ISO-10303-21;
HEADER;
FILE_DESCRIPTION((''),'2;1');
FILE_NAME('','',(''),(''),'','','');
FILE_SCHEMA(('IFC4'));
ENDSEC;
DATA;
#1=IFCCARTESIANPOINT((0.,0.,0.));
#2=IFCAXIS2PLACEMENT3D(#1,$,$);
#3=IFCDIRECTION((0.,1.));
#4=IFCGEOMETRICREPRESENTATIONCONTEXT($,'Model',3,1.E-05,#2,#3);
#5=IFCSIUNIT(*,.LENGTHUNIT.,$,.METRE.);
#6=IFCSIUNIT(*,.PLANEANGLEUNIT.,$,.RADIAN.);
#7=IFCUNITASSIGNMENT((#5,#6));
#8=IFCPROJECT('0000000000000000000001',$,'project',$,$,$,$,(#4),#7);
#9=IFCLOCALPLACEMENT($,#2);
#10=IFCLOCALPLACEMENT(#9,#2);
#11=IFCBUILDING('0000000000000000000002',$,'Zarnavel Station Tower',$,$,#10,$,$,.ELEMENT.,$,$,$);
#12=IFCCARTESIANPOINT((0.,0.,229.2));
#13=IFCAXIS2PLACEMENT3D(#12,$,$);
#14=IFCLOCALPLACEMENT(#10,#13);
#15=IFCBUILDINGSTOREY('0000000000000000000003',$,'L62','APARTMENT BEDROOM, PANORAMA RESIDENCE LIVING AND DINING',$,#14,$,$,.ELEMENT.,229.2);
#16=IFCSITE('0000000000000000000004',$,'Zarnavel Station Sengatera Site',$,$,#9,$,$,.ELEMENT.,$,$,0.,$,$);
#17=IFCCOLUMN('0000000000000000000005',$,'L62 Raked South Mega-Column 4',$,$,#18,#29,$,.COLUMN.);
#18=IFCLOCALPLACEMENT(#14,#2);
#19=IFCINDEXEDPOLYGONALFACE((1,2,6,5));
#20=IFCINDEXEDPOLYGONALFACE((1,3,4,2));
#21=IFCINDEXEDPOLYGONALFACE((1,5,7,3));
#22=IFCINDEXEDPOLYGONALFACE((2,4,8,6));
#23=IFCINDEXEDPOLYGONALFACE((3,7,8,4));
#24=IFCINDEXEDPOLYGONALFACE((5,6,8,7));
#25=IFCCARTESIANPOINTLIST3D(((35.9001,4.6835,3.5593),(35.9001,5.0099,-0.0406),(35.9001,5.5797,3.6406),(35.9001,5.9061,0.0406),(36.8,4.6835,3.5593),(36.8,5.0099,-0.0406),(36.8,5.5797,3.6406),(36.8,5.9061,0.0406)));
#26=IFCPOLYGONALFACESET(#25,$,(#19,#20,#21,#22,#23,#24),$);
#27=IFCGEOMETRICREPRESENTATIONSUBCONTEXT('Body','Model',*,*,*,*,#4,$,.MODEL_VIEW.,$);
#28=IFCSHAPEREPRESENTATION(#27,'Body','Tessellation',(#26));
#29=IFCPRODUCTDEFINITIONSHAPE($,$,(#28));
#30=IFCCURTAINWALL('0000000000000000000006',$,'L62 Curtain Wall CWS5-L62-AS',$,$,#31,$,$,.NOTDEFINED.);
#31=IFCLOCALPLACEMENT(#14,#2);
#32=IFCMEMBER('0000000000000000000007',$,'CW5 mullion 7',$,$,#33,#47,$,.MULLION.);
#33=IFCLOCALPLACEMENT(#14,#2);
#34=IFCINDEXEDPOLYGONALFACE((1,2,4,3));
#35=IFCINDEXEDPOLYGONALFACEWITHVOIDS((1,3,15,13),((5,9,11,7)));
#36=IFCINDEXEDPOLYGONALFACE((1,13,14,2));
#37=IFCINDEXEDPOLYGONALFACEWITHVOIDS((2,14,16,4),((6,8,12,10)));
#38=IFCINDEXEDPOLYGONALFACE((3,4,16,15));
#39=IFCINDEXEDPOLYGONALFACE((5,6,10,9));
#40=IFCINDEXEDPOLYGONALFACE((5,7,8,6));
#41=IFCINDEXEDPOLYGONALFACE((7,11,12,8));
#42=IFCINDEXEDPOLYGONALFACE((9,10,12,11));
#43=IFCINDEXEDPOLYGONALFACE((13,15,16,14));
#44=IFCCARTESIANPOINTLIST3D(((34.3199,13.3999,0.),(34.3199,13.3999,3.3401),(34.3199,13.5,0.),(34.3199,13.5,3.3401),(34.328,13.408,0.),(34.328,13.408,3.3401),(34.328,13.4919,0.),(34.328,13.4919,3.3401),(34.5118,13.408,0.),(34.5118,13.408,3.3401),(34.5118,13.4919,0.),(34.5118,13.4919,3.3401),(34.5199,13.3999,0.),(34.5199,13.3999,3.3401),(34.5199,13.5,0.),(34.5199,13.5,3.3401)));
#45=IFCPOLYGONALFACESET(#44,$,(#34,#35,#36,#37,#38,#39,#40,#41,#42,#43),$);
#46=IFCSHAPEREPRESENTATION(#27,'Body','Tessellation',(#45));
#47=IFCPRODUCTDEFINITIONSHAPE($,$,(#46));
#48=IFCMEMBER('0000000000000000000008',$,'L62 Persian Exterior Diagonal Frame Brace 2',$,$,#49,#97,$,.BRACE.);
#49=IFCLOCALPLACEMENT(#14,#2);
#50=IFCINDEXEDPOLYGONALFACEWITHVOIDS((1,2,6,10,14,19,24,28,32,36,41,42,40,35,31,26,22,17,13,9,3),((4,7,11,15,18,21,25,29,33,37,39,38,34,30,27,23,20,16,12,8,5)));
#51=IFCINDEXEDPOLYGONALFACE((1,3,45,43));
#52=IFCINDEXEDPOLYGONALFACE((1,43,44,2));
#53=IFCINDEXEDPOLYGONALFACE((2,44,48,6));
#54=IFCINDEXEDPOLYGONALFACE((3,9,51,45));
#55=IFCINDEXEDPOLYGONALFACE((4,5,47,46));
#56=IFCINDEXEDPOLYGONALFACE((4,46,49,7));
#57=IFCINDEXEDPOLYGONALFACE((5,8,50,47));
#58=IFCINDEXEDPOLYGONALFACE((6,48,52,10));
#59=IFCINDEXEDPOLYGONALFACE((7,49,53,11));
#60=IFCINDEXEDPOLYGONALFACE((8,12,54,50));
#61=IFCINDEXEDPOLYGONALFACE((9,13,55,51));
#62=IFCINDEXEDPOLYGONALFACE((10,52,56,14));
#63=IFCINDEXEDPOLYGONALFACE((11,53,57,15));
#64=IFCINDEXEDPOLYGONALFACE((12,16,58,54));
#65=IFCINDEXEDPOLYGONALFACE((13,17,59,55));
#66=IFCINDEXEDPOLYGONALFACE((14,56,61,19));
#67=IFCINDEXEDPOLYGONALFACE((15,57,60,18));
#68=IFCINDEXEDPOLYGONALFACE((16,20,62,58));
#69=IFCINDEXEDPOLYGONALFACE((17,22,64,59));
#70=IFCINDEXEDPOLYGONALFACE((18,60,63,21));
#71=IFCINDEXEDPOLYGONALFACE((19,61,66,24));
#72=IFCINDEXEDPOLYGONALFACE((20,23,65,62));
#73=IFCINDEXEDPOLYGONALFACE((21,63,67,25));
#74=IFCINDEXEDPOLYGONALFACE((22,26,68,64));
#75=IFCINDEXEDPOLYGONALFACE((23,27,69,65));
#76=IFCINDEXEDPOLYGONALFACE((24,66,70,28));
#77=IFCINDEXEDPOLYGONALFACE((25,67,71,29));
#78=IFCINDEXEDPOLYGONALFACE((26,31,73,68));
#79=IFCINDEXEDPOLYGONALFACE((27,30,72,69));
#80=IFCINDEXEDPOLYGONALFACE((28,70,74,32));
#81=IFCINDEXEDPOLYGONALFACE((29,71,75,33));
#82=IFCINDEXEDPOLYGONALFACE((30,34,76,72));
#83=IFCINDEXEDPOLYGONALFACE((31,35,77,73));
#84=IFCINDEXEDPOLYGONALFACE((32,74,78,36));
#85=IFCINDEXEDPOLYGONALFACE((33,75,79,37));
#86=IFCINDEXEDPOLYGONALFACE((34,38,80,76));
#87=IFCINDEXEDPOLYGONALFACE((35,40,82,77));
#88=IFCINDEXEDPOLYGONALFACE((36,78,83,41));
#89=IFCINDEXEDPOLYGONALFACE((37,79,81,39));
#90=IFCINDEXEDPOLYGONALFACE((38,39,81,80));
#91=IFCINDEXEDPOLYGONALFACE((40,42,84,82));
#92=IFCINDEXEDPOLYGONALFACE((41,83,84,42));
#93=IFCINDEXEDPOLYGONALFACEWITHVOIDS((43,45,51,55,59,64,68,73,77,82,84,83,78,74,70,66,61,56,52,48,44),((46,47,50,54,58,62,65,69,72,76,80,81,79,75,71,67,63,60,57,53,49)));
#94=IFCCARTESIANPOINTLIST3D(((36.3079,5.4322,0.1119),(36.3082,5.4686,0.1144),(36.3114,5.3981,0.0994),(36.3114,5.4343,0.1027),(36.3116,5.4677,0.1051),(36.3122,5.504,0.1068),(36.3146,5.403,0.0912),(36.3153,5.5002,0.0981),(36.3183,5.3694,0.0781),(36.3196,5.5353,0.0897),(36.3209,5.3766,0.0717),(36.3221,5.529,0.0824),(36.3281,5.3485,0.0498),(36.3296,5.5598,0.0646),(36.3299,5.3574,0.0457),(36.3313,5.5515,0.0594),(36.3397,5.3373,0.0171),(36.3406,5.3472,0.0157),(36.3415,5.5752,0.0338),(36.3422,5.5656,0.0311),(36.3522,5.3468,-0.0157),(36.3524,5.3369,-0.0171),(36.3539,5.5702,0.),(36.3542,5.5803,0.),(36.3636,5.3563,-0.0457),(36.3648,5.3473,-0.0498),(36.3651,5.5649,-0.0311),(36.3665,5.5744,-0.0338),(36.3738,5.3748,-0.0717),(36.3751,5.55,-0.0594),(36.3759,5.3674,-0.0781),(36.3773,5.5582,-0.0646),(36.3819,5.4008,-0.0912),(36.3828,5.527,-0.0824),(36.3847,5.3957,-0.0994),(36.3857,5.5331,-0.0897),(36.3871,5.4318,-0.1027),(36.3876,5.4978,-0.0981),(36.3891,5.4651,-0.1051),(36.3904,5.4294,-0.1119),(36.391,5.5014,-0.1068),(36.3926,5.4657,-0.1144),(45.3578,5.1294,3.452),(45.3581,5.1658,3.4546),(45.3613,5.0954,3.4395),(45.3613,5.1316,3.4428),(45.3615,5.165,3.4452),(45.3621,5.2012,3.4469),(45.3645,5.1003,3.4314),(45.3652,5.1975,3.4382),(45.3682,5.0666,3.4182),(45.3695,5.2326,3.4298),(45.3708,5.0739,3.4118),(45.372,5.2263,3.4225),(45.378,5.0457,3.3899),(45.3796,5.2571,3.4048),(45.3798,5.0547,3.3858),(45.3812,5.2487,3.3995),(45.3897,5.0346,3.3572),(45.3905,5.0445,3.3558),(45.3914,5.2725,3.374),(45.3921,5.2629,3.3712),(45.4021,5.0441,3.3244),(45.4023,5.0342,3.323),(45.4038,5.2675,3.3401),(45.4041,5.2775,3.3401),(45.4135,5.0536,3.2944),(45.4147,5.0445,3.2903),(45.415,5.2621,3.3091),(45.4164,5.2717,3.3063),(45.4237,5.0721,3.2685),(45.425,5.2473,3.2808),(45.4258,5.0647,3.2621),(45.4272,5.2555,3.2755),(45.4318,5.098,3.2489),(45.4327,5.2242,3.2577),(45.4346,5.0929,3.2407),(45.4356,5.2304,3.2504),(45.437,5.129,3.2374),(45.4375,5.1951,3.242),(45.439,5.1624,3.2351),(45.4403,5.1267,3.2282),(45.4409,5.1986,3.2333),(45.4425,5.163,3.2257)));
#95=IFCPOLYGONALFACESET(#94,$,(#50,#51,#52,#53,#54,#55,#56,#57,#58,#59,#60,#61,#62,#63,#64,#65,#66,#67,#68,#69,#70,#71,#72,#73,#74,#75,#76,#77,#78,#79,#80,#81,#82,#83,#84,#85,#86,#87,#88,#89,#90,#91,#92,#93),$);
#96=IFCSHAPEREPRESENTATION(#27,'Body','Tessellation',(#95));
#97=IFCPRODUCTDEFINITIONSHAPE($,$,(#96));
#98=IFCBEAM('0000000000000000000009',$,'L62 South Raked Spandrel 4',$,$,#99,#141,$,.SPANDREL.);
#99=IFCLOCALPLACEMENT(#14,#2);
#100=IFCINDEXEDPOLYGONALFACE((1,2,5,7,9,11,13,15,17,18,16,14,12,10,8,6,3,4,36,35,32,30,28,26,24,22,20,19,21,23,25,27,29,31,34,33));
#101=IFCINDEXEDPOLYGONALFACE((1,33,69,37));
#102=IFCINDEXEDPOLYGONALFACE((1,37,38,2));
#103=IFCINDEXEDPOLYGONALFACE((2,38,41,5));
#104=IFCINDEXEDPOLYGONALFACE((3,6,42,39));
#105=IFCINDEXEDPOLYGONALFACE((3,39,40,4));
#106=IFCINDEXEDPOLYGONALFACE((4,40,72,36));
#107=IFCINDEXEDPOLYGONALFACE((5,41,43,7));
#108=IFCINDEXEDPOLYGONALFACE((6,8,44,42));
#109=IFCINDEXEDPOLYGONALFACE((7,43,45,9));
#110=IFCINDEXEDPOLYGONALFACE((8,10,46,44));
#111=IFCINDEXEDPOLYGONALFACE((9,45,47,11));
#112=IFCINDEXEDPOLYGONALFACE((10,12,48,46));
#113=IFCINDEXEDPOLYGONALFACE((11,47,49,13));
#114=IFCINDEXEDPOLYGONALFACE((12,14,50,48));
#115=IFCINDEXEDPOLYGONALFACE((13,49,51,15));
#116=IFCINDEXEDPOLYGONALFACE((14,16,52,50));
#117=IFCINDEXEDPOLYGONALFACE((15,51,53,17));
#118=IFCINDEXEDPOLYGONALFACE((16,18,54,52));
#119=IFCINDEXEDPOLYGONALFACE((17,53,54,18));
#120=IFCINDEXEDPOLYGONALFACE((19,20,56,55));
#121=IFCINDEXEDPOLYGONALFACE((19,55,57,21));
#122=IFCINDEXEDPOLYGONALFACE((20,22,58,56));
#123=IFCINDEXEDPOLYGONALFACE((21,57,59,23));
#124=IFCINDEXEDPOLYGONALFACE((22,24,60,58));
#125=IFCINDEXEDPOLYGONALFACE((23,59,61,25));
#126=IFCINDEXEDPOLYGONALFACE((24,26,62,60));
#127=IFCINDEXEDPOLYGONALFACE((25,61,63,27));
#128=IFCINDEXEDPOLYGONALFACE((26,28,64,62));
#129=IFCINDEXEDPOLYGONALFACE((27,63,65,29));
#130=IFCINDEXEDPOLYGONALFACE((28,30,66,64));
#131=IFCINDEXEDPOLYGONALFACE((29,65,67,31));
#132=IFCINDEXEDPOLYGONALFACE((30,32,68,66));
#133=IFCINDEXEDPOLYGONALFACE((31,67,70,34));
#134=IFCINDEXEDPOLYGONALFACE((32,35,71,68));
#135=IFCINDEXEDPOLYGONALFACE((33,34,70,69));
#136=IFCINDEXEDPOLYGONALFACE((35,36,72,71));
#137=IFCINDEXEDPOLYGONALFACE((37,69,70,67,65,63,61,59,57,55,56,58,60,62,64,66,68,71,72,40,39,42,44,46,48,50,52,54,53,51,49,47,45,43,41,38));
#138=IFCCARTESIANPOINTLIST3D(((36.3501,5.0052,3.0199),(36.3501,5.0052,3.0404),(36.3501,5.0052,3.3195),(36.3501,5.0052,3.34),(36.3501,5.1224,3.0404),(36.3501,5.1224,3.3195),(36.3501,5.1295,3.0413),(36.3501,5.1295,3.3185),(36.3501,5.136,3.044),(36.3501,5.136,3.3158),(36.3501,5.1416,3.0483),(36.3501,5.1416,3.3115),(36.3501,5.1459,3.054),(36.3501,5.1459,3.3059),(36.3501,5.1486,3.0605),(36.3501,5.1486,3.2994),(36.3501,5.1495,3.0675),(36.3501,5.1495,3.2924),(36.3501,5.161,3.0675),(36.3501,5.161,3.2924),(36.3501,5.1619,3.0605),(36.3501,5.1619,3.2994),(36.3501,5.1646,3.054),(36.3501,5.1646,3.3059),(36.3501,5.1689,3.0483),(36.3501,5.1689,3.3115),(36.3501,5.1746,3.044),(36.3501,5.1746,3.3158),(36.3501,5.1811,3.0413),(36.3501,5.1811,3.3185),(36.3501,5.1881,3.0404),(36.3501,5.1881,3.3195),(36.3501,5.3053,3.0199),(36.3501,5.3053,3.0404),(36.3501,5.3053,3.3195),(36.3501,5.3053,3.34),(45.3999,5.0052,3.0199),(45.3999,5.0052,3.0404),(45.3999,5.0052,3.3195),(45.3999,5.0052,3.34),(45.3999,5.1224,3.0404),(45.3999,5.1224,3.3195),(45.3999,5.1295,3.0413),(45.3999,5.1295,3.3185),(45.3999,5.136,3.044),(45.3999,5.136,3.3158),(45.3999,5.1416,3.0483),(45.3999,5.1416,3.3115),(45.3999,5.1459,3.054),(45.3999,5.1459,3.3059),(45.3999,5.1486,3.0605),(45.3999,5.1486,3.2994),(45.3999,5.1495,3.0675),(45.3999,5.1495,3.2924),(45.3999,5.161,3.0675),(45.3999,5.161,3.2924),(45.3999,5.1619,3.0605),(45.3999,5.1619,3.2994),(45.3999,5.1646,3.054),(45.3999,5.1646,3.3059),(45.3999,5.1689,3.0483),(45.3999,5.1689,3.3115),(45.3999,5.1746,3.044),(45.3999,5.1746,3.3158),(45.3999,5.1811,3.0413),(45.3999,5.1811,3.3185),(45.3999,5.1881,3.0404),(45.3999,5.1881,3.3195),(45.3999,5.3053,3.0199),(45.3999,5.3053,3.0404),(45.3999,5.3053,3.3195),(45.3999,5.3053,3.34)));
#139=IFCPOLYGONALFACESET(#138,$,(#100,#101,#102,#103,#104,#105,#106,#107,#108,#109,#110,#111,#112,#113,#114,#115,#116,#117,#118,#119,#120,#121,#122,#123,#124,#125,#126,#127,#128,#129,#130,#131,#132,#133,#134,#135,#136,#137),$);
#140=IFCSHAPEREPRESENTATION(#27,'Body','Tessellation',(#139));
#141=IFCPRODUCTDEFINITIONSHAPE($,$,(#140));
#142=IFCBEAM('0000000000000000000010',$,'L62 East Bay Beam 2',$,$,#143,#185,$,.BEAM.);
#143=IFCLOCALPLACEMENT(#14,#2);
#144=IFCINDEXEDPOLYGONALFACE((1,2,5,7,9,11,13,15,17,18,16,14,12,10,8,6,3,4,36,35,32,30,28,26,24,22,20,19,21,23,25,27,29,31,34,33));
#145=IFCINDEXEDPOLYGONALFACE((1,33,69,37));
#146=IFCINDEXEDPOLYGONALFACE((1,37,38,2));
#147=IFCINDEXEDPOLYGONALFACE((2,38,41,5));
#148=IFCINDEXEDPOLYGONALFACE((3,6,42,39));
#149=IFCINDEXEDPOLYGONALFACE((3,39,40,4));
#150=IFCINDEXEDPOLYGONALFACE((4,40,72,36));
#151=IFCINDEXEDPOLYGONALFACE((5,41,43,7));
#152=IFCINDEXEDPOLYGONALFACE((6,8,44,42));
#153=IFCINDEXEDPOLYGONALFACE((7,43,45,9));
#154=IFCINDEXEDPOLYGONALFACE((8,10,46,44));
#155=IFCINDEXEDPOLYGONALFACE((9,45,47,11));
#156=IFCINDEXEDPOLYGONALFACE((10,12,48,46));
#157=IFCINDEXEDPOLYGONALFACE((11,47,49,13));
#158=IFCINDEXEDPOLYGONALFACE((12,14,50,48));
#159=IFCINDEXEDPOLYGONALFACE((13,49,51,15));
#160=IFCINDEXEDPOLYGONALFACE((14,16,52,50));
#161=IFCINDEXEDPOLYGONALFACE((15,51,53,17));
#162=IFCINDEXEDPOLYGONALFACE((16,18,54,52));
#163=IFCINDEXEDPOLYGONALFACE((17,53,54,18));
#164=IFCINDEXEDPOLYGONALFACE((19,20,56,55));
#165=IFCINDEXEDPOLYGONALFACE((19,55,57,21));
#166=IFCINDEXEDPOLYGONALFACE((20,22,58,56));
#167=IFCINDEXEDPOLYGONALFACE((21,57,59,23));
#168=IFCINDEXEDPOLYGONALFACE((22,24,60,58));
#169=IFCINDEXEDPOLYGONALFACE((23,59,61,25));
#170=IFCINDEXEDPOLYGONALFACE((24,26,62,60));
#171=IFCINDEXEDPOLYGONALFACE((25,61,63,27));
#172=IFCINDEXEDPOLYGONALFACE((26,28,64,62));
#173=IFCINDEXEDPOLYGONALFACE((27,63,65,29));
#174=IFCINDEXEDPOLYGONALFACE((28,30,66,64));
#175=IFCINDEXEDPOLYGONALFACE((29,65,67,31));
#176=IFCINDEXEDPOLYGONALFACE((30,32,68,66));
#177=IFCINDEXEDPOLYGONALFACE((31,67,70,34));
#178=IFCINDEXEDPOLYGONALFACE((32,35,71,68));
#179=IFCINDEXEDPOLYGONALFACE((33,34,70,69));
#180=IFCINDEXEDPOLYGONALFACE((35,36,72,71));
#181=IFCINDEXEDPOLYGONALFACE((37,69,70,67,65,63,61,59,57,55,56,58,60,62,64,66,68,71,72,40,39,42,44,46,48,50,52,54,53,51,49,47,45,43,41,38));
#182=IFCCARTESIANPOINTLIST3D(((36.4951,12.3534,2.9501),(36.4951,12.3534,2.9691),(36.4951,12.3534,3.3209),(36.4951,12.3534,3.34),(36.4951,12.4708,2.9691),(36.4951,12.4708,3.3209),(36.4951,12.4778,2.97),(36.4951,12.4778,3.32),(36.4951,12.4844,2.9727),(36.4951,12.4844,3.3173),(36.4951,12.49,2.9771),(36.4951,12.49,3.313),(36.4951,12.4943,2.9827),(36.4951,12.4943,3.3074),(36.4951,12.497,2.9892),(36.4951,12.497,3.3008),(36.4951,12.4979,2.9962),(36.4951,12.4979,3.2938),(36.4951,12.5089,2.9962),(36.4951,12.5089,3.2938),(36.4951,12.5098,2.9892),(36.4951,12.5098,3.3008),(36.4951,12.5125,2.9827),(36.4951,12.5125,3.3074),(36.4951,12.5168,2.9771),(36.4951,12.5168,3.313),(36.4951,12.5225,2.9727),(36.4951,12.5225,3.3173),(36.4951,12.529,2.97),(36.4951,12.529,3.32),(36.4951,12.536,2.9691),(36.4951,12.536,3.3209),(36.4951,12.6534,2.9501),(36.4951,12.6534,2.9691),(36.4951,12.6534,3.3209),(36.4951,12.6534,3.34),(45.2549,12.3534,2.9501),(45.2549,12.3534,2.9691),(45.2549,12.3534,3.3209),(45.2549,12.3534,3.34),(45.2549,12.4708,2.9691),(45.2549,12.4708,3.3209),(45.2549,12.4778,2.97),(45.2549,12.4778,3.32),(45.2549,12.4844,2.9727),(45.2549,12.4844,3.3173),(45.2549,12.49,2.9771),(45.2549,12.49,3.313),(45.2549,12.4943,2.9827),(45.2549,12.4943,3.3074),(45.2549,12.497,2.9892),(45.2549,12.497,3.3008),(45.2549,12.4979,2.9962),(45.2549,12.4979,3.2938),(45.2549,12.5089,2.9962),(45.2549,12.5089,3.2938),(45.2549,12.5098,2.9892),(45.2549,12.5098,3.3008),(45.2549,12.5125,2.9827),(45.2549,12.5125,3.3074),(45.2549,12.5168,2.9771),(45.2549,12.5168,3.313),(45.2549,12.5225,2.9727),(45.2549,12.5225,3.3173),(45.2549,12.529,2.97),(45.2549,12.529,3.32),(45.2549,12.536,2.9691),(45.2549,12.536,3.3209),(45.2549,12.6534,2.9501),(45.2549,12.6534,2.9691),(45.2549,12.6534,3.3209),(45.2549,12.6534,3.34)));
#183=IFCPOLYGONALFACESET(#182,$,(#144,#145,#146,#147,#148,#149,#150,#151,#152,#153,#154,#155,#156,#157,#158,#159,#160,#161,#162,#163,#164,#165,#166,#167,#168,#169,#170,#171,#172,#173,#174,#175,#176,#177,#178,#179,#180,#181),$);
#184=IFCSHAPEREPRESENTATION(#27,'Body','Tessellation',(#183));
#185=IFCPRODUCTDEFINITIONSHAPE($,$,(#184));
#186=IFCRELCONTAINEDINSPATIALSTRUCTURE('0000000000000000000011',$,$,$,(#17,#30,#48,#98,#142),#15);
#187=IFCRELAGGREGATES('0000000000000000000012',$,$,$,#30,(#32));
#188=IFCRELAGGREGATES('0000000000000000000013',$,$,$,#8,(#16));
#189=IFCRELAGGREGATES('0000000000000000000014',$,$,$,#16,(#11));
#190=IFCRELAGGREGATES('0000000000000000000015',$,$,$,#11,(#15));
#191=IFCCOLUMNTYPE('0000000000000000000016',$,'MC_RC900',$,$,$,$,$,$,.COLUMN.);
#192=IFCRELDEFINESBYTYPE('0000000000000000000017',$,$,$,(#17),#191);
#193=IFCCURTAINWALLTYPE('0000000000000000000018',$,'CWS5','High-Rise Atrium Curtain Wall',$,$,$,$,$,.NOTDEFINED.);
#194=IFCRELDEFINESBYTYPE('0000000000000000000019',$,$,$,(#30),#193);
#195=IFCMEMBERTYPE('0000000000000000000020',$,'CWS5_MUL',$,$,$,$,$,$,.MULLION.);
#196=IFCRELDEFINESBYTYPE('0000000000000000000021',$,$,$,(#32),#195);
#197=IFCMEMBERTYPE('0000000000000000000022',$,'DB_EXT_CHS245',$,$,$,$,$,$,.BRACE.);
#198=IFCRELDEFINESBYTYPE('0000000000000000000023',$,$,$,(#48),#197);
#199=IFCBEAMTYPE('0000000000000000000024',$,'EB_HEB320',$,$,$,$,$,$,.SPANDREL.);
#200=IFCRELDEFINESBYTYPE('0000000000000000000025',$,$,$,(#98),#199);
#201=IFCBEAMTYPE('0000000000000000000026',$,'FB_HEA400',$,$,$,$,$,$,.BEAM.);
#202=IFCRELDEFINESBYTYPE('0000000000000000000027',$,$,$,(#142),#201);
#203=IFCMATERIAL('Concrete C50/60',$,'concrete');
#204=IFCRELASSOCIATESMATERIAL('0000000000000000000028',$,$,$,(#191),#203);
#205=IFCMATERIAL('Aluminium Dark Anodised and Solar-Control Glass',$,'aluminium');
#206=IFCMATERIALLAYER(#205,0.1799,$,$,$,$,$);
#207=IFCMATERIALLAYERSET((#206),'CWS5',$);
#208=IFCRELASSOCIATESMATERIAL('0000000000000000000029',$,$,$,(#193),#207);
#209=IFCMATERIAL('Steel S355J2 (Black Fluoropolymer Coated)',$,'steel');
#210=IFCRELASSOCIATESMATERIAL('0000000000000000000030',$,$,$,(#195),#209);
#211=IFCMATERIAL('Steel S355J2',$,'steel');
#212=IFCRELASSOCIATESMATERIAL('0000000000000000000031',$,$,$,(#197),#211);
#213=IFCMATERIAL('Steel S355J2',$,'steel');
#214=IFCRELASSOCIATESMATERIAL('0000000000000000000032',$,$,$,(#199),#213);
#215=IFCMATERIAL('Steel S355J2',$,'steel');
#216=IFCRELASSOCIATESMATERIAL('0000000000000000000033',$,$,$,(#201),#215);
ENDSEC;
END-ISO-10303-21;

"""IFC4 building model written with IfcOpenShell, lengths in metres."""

from ifc_helpers import new_model, si_unit, direction, frame, origin, origin_2d, place, context, subcontext, project, spatial, rectangle, hollow_rectangle, hollow_circle, i_section, extrude, material, layer, layer_set, material_profile, profile_set, type_object, element, aggregate, save


model = new_model("IFC4")

# Units and contexts
model_context = context("Model", 3, precision=1e-05, world=origin(), true_north=direction((0.0, 1.0)))
body_context = subcontext(model_context, "Body", "Model", "MODEL_VIEW")
ifc_project = project(units=[si_unit("LENGTHUNIT", "METRE"), si_unit("PLANEANGLEUNIT", "RADIAN")], contexts=[model_context])

# Site, building, storey
site_placement = place(None, origin())
site = spatial("IfcSite", under=ifc_project, at=site_placement, Name="Zarnavel Station Sengatera Site", CompositionType="ELEMENT", RefElevation=0.0)
building_placement = place(site_placement, origin())
building = spatial("IfcBuilding", under=site, at=building_placement, Name="Zarnavel Station Tower", CompositionType="ELEMENT")
storey_placement = place(building_placement, frame((0.0, 0.0, 229.2)))
storey = spatial("IfcBuildingStorey", under=building, at=storey_placement, Name="L62", Description="APARTMENT BEDROOM, PANORAMA RESIDENCE LIVING AND DINING", CompositionType="ELEMENT", Elevation=229.2)

# Column
ifc_material_1 = material(Name="Concrete C50/60", Category="concrete")
ifc_material_profile_1 = material_profile(ifc_material_1, rectangle(XDim=0.8999, YDim=0.8999, at=origin_2d()), Name="RC900x900")
ifc_profile_set_1 = profile_set([ifc_material_profile_1], Name="Concrete C50/60")
column_type = type_object("IfcColumnType", Name="MC_RC900", PredefinedType="COLUMN", material=ifc_profile_set_1)
column_placement = place(storey_placement, frame((36.3501, 5.458, 0.0), z_axis=(0.0, -0.090298, 0.995915), x_axis=(1.0, 0.0, 0.0)))
element("IfcColumn", 1, at=column_placement, inside=storey, type_object=column_type, Name="L62 Raked South Mega-Column 4", PredefinedType="COLUMN", context=body_context, shape_type="SweptSolid", body=[
    extrude(rectangle(XDim=0.8999, YDim=0.8999, at=origin_2d()), origin(), (0.0, 0.0, 1.0), 3.6147),
])

# Curtain wall, member
ifc_material_2 = material(Name="Aluminium Dark Anodised and Solar-Control Glass", Category="aluminium")
ifc_layer_1 = layer(ifc_material_2, 0.1799)
ifc_layer_set_1 = layer_set([ifc_layer_1], Name="CWS5")
curtain_wall_type = type_object("IfcCurtainWallType", Name="CWS5", Description="High-Rise Atrium Curtain Wall", PredefinedType="NOTDEFINED", material=ifc_layer_set_1)
curtain_wall_placement = place(storey_placement, origin())
curtain_wall = element("IfcCurtainWall", 2, at=curtain_wall_placement, inside=storey, type_object=curtain_wall_type, Name="L62 Curtain Wall CWS5-L62-AS", PredefinedType="NOTDEFINED")
ifc_material_3 = material(Name="Steel S355J2 (Black Fluoropolymer Coated)", Category="steel")
ifc_material_profile_2 = material_profile(ifc_material_3, hollow_rectangle(XDim=0.1001, YDim=0.2, WallThickness=0.0081, at=origin_2d()), Name="RHS200x100x8")
ifc_profile_set_2 = profile_set([ifc_material_profile_2], Name="Steel S355J2 (Black Fluoropolymer Coated)")
member_type_1 = type_object("IfcMemberType", Name="CWS5_MUL", PredefinedType="MULLION", material=ifc_profile_set_2)
member_1_placement = place(storey_placement, frame((34.4199, 13.45, 0.0), z_axis=(0.0, 0.0, 1.0), x_axis=(0.0, 1.0, 0.0)))
member_1 = element("IfcMember", 3, at=member_1_placement, type_object=member_type_1, Name="CW5 mullion 7", PredefinedType="MULLION", context=body_context, shape_type="SweptSolid", body=[
    extrude(hollow_rectangle(XDim=0.1001, YDim=0.2, WallThickness=0.0081, at=origin_2d()), origin(), (0.0, 0.0, 1.0), 3.3401),
])

# Member
ifc_material_4 = material(Name="Steel S355J2", Category="steel")
ifc_material_profile_3 = material_profile(ifc_material_4, hollow_circle(Radius=0.1223, WallThickness=0.01, at=origin_2d()), Name="CHS244.5x10")
ifc_profile_set_3 = profile_set([ifc_material_profile_3], Name="Steel S355J2")
member_type_2 = type_object("IfcMemberType", Name="DB_EXT_CHS245", PredefinedType="BRACE", material=ifc_profile_set_3)
member_2_placement = place(storey_placement, frame((36.3501, 5.458, 0.0), z_axis=(0.937681, -0.031367, 0.346078), x_axis=(0.033433, 0.999441, 0.0)))
element("IfcMember", 4, at=member_2_placement, inside=storey, type_object=member_type_2, Name="L62 Persian Exterior Diagonal Frame Brace 2", PredefinedType="BRACE", context=body_context, shape_type="SweptSolid", body=[
    extrude(hollow_circle(Radius=0.1223, WallThickness=0.01, at=origin_2d()), origin(), (0.0, 0.0, 1.0), 9.6514),
])

# Beams
ifc_material_5 = material(Name="Steel S355J2", Category="steel")
ifc_material_profile_4 = material_profile(ifc_material_5, i_section(OverallWidth=0.3, OverallDepth=0.3201, WebThickness=0.0115, FlangeThickness=0.0205, FilletRadius=0.0271, at=origin_2d()), Name="HEB320")
ifc_profile_set_4 = profile_set([ifc_material_profile_4], Name="Steel S355J2")
beam_type_1 = type_object("IfcBeamType", Name="EB_HEB320", PredefinedType="SPANDREL", material=ifc_profile_set_4)
beam_1_placement = place(storey_placement, frame((36.3501, 5.1553, 3.1799), z_axis=(1.0, 0.0, 0.0), x_axis=(0.0, 1.0, 0.0)))
element("IfcBeam", 5, at=beam_1_placement, inside=storey, type_object=beam_type_1, Name="L62 South Raked Spandrel 4", PredefinedType="SPANDREL", context=body_context, shape_type="SweptSolid", body=[
    extrude(i_section(OverallWidth=0.3, OverallDepth=0.3201, WebThickness=0.0115, FlangeThickness=0.0205, FilletRadius=0.0271, at=origin_2d()), origin(), (0.0, 0.0, 1.0), 9.0498),
])
ifc_material_6 = material(Name="Steel S355J2", Category="steel")
ifc_material_profile_5 = material_profile(ifc_material_6, i_section(OverallWidth=0.3, OverallDepth=0.3899, WebThickness=0.011, FlangeThickness=0.019, FilletRadius=0.0271, at=origin_2d()), Name="HEA400")
ifc_profile_set_5 = profile_set([ifc_material_profile_5], Name="Steel S355J2")
beam_type_2 = type_object("IfcBeamType", Name="FB_HEA400", PredefinedType="BEAM", material=ifc_profile_set_5)
beam_2_placement = place(storey_placement, frame((36.4951, 12.5034, 3.145), z_axis=(1.0, 0.0, 0.0), x_axis=(0.0, 1.0, 0.0)))
element("IfcBeam", 6, at=beam_2_placement, inside=storey, type_object=beam_type_2, Name="L62 East Bay Beam 2", PredefinedType="BEAM", context=body_context, shape_type="SweptSolid", body=[
    extrude(i_section(OverallWidth=0.3, OverallDepth=0.3899, WebThickness=0.011, FlangeThickness=0.019, FilletRadius=0.0271, at=origin_2d()), origin(), (0.0, 0.0, 1.0), 8.7598),
])

aggregate(curtain_wall, [member_1])

save(model, "model.ifc")
